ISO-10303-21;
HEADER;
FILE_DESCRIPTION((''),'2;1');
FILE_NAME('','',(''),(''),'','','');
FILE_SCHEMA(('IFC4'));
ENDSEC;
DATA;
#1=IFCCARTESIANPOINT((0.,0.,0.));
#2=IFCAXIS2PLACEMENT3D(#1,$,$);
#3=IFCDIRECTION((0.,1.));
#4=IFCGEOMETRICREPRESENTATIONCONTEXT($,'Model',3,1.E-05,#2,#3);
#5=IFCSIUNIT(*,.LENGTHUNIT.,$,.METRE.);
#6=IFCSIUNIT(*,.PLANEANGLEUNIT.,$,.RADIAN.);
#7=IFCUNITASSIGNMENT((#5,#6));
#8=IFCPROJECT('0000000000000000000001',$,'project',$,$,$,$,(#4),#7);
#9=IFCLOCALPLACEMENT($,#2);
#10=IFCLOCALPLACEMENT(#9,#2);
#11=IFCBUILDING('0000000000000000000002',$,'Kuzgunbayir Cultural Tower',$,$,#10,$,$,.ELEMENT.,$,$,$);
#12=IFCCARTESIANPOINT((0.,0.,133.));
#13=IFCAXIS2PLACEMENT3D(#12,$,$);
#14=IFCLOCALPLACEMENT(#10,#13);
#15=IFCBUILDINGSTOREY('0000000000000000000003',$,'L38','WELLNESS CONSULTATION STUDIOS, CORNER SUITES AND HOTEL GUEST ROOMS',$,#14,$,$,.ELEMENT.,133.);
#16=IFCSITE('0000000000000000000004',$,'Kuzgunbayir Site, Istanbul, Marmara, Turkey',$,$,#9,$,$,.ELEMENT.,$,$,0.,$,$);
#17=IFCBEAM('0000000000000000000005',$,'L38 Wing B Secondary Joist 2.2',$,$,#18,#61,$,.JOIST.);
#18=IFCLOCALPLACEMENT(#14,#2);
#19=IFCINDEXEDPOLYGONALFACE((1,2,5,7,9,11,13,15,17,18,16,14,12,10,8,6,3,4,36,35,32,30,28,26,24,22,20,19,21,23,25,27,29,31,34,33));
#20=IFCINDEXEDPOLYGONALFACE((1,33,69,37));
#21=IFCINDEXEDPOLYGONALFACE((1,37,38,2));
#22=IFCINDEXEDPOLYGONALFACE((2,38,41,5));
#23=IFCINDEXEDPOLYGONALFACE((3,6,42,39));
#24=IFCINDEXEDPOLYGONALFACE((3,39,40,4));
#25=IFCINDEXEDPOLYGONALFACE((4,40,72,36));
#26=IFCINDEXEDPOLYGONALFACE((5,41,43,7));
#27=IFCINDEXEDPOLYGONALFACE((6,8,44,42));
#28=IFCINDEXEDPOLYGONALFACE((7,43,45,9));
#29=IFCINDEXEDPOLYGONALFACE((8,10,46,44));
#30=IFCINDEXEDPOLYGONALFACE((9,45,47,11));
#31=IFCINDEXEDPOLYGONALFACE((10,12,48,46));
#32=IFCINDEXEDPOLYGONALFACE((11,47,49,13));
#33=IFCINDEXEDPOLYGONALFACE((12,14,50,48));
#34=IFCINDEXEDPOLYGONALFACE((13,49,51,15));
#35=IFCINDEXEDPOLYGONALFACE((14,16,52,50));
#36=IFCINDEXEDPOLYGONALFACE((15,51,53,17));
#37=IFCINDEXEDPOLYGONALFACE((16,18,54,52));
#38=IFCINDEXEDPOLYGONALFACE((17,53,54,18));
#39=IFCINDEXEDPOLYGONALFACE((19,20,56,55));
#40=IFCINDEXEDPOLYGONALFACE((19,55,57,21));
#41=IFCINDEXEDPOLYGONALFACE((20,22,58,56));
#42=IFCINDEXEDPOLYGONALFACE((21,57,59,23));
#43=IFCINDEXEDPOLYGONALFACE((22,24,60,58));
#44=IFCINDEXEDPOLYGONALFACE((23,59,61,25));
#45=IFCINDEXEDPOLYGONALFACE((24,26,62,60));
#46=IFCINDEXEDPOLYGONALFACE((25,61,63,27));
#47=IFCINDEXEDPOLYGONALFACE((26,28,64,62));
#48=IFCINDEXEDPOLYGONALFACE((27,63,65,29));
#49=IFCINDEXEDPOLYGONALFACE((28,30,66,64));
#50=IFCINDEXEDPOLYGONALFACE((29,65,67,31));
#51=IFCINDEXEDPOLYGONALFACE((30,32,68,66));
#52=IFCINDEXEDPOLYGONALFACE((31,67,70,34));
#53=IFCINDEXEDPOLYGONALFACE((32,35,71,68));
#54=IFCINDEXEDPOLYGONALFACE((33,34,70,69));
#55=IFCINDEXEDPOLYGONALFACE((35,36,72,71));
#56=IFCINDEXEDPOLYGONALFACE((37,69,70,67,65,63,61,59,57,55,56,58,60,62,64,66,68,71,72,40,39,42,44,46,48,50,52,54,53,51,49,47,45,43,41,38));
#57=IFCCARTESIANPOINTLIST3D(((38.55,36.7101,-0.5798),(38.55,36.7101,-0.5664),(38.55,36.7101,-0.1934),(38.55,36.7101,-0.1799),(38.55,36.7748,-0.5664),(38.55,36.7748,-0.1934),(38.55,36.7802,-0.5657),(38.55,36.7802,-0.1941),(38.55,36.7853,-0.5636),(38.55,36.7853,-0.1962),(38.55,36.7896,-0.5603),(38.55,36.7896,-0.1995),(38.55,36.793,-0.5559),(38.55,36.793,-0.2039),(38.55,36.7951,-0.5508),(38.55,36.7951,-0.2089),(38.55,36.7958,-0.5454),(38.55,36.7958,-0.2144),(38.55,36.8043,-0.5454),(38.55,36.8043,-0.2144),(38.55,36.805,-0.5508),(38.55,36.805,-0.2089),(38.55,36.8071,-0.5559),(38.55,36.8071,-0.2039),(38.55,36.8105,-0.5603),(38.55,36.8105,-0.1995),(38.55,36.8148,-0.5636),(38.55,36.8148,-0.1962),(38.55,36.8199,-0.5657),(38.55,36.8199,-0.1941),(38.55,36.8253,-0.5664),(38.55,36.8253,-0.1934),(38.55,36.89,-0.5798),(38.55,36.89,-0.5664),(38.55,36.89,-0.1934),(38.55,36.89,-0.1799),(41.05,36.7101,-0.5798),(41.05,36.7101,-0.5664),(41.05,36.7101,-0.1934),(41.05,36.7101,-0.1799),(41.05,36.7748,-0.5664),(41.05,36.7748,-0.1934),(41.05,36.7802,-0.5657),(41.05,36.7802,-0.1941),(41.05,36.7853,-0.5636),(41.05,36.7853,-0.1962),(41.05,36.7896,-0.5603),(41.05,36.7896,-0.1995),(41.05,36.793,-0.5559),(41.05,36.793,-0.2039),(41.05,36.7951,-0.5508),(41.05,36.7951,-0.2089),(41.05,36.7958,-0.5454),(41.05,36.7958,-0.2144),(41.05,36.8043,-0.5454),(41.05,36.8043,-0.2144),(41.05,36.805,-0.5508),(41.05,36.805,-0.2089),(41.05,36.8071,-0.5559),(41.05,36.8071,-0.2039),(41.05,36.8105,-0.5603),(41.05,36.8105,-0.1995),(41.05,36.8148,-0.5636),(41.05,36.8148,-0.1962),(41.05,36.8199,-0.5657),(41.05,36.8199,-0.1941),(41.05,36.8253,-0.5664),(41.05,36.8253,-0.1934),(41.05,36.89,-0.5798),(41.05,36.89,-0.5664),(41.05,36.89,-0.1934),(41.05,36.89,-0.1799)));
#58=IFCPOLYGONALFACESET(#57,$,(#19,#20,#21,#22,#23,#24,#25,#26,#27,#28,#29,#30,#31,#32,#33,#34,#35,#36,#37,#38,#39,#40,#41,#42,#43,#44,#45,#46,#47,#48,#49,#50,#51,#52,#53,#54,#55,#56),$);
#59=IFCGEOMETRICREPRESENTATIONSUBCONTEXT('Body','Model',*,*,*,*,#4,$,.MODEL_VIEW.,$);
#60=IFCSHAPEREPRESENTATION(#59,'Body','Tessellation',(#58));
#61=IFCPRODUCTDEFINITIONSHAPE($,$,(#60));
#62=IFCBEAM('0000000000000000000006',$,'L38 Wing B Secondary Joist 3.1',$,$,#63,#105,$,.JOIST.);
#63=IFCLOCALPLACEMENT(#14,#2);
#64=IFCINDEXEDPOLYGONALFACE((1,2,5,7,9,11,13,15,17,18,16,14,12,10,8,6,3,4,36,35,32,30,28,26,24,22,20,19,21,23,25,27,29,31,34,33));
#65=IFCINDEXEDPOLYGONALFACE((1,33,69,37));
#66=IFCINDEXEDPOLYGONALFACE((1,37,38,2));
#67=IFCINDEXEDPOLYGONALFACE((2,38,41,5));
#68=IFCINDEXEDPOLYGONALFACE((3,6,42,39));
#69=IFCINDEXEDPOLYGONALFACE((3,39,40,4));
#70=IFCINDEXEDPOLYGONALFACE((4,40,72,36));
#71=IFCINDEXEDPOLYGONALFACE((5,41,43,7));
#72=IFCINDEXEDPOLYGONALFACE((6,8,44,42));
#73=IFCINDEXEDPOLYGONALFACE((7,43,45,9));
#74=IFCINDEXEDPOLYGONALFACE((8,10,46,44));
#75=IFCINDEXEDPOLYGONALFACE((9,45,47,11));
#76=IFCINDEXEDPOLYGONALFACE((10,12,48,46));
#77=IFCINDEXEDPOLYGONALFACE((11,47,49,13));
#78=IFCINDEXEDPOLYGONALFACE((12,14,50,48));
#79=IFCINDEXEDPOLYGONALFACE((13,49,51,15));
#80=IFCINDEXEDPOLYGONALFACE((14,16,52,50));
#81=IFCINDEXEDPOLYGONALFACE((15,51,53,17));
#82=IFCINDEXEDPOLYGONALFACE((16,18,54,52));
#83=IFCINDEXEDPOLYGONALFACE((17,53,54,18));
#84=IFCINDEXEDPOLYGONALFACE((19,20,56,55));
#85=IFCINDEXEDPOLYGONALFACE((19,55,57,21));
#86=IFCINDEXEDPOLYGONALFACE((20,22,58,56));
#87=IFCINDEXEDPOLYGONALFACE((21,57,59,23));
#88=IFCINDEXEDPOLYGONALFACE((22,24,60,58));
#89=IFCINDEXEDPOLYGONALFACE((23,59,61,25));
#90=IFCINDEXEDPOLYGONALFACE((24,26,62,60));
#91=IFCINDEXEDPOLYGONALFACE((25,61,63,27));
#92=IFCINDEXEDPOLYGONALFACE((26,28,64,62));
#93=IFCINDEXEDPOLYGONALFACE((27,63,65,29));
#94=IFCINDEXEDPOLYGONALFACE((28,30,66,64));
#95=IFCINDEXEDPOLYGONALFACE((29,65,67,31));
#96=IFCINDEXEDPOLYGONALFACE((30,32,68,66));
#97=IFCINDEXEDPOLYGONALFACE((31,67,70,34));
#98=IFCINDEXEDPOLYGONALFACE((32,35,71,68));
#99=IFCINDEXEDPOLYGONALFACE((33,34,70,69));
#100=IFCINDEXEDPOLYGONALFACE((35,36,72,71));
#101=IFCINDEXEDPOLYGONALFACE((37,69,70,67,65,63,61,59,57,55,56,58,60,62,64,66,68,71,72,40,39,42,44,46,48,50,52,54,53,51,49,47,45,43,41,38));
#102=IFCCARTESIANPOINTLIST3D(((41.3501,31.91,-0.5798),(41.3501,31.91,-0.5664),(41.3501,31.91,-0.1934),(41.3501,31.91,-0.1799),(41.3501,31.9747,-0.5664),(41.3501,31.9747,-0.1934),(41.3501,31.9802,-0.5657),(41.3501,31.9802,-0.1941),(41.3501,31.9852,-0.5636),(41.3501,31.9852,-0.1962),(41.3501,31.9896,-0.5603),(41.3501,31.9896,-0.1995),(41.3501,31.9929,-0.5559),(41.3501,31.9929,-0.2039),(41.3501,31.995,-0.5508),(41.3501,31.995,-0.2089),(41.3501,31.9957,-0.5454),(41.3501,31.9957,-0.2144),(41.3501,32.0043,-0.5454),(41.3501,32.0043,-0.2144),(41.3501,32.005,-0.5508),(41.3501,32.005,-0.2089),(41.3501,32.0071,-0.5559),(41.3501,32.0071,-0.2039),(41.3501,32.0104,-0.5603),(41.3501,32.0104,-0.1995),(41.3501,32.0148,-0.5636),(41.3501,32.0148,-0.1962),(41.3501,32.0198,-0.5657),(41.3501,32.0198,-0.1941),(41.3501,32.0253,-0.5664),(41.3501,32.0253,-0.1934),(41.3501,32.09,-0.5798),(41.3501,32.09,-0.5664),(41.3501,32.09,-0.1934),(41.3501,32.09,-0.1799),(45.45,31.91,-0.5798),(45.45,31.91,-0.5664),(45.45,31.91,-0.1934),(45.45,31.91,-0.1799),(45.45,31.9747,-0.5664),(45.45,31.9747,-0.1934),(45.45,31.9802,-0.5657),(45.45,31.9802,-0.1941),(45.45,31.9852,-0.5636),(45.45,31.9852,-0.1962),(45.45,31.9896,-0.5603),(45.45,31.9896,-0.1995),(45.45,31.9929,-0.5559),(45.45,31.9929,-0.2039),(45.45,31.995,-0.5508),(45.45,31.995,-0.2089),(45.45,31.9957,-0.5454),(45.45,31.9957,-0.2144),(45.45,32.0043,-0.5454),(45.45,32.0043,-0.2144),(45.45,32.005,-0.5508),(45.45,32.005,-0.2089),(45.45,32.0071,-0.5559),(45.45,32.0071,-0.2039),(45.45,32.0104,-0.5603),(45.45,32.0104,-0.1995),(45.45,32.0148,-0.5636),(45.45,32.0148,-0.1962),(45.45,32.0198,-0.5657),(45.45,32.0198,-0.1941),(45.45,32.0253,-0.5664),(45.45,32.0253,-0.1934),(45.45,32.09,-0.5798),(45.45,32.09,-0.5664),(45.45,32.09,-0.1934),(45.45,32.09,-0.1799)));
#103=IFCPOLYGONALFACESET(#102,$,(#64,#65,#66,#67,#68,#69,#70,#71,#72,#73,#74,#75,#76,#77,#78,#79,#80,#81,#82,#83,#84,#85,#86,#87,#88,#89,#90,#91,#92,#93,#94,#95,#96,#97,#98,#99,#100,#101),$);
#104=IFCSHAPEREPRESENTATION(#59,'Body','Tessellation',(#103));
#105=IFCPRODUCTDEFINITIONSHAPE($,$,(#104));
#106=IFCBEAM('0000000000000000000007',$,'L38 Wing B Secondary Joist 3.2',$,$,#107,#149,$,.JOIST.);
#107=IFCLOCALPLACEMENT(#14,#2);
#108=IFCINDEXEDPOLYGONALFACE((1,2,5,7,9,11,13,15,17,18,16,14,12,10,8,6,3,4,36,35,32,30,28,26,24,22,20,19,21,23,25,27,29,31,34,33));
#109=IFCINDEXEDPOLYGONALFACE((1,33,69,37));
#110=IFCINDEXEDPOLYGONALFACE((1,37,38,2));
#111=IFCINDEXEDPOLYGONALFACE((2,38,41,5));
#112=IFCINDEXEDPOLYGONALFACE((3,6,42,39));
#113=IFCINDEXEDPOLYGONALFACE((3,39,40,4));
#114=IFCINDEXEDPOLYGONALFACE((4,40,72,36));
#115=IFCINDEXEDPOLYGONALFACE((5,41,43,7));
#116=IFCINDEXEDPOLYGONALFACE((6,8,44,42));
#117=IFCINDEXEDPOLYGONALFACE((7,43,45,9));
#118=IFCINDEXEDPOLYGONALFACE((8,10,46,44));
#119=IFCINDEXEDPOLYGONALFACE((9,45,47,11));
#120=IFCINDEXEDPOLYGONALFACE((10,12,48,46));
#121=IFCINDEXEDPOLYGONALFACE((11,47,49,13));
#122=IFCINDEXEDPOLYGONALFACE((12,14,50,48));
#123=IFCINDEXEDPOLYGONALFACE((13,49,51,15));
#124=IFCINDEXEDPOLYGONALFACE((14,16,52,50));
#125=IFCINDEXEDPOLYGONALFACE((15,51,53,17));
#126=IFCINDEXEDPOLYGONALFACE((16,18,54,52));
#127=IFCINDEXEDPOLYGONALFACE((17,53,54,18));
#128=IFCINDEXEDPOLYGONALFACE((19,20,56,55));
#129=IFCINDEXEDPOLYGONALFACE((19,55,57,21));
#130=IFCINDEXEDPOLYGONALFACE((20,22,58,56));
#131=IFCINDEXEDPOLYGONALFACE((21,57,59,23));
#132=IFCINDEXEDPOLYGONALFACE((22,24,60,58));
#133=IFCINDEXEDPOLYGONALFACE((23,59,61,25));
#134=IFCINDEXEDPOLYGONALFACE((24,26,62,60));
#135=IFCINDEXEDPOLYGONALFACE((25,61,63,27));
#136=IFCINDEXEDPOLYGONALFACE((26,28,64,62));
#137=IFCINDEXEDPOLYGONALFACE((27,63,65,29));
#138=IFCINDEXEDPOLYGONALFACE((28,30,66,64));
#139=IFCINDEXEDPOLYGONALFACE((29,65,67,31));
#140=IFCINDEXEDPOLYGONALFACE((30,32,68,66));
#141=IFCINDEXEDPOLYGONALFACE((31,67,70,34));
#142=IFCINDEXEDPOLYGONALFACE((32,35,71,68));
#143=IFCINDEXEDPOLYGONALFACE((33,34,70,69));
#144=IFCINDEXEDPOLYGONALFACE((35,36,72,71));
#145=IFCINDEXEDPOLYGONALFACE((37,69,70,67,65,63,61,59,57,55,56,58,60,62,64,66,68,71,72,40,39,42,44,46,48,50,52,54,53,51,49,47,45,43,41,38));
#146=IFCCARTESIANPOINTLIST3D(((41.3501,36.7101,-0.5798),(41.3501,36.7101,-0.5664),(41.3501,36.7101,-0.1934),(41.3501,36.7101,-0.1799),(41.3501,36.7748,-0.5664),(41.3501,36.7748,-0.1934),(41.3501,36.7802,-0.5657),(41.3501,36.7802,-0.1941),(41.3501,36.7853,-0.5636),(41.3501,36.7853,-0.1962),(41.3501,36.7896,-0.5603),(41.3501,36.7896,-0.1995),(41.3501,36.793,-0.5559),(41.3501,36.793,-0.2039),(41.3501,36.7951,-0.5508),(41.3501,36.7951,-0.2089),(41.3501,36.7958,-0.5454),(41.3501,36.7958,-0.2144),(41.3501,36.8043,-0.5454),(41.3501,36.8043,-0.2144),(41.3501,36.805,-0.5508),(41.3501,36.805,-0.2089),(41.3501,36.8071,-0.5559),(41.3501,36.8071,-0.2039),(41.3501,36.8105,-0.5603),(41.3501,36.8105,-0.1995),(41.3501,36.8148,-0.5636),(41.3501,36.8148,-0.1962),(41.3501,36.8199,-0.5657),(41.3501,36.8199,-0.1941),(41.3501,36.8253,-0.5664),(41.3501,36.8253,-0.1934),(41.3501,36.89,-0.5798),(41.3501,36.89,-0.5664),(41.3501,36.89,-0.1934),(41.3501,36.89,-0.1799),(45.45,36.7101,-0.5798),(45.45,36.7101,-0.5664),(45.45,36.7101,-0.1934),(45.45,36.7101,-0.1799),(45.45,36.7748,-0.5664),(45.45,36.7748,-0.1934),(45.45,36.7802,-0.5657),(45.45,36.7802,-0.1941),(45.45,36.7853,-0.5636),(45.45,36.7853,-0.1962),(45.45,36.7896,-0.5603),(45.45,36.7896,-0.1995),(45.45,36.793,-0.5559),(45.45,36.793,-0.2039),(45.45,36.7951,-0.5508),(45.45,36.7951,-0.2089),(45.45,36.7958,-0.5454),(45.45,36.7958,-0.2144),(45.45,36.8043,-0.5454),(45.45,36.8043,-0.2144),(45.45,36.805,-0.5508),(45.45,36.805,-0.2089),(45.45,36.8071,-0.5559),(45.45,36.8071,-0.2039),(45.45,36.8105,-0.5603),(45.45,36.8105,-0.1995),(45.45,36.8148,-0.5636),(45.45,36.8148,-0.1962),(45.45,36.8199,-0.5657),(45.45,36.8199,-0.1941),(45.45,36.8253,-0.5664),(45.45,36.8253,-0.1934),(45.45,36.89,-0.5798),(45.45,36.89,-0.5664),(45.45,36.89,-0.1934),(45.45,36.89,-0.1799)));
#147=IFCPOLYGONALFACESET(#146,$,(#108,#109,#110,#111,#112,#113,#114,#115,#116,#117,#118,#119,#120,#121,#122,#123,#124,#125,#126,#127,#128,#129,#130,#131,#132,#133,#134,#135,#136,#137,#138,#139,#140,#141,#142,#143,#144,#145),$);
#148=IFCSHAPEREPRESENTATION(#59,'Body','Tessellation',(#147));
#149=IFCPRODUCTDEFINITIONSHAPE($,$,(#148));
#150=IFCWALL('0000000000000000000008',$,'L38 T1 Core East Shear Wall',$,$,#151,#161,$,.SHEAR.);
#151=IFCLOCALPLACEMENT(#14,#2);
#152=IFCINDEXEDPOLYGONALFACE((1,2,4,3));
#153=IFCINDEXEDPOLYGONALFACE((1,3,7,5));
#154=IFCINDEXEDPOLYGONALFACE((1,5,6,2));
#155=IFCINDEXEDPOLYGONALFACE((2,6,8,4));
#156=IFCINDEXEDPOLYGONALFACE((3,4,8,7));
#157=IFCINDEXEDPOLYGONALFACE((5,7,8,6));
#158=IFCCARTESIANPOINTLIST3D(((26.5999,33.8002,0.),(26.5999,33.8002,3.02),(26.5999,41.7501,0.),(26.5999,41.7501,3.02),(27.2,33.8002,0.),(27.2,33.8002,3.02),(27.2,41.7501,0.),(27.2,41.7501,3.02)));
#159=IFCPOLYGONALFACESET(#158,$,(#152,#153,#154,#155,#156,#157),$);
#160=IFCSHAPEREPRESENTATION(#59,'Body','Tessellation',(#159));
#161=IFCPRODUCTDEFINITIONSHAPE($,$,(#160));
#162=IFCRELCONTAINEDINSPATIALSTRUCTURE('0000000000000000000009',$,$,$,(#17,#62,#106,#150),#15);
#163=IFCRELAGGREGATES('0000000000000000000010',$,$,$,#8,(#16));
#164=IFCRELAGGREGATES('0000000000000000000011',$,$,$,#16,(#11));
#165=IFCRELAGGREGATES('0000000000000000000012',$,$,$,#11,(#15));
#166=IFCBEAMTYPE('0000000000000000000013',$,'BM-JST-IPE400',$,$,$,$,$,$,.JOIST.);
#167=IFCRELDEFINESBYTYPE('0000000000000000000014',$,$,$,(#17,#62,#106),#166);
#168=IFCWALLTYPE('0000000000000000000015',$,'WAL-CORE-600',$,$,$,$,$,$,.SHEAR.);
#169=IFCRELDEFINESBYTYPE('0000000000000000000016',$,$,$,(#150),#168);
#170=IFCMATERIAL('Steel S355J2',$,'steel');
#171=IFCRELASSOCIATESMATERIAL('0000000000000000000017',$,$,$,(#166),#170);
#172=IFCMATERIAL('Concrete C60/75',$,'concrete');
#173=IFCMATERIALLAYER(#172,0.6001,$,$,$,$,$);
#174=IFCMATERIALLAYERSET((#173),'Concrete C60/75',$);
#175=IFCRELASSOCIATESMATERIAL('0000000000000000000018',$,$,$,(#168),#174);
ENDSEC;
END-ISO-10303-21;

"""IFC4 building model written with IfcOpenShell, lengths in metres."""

from ifc_helpers import new_model, si_unit, direction, frame, frame_2d, origin, origin_2d, place, context, subcontext, project, spatial, rectangle, i_section, extrude, material, layer, layer_set, material_profile, profile_set, type_object, element, save


model = new_model("IFC4")

# Units and contexts
model_context = context("Model", 3, precision=1e-05, world=origin(), true_north=direction((0.0, 1.0)))
body_context = subcontext(model_context, "Body", "Model", "MODEL_VIEW")
ifc_project = project(units=[si_unit("LENGTHUNIT", "METRE"), si_unit("PLANEANGLEUNIT", "RADIAN")], contexts=[model_context])

# Site, building, storey
site_placement = place(None, origin())
site = spatial("IfcSite", under=ifc_project, at=site_placement, Name="Kuzgunbayir Site, Istanbul, Marmara, Turkey", CompositionType="ELEMENT", RefElevation=0.0)
building_placement = place(site_placement, origin())
building = spatial("IfcBuilding", under=site, at=building_placement, Name="Kuzgunbayir Cultural Tower", CompositionType="ELEMENT")
storey_placement = place(building_placement, frame((0.0, 0.0, 133.0)))
storey = spatial("IfcBuildingStorey", under=building, at=storey_placement, Name="L38", Description="WELLNESS CONSULTATION STUDIOS, CORNER SUITES AND HOTEL GUEST ROOMS", CompositionType="ELEMENT", Elevation=133.0)

# Beams
ifc_material_1 = material(Name="Steel S355J2", Category="steel")
ifc_material_profile_1 = material_profile(ifc_material_1, i_section(OverallWidth=0.1799, OverallDepth=0.3999, WebThickness=0.0085, FlangeThickness=0.0134, FilletRadius=0.021, at=origin_2d()), Name="IPE 400")
ifc_profile_set_1 = profile_set([ifc_material_profile_1], Name="Steel S355J2")
beam_type_1 = type_object("IfcBeamType", Name="BM-JST-IPE400", PredefinedType="JOIST", material=ifc_profile_set_1)
for number, where, z_axis, x_axis, name in (
    (1, (38.55, 36.8, -0.3799), (1.0, 0.0, 0.0), (0.0, 1.0, 0.0), "L38 Wing B Secondary Joist 2.2"),
):
    element("IfcBeam", number, at=place(storey_placement, frame(where, z_axis=z_axis, x_axis=x_axis)), inside=storey, type_object=beam_type_1, Name=name, PredefinedType="JOIST", context=body_context, shape_type="SweptSolid", body=[
        extrude(i_section(OverallWidth=0.1799, OverallDepth=0.3999, WebThickness=0.0085, FlangeThickness=0.0134, FilletRadius=0.021, at=origin_2d()), origin(), (0.0, 0.0, 1.0), 2.5),
    ])
for number, where, z_axis, x_axis, name in (
    (2, (41.3501, 32.0, -0.3799), (1.0, 0.0, 0.0), (0.0, 1.0, 0.0), "L38 Wing B Secondary Joist 3.1"),
    (3, (41.3501, 36.8, -0.3799), (1.0, 0.0, 0.0), (0.0, 1.0, 0.0), "L38 Wing B Secondary Joist 3.2"),
):
    element("IfcBeam", number, at=place(storey_placement, frame(where, z_axis=z_axis, x_axis=x_axis)), inside=storey, type_object=beam_type_1, Name=name, PredefinedType="JOIST", context=body_context, shape_type="SweptSolid", body=[
        extrude(i_section(OverallWidth=0.1799, OverallDepth=0.3999, WebThickness=0.0085, FlangeThickness=0.0134, FilletRadius=0.021, at=origin_2d()), origin(), (0.0, 0.0, 1.0), 4.0999),
    ])

# Wall
ifc_material_2 = material(Name="Concrete C60/75", Category="concrete")
ifc_layer_1 = layer(ifc_material_2, 0.6001)
ifc_layer_set_1 = layer_set([ifc_layer_1], Name="Concrete C60/75")
wall_type_1 = type_object("IfcWallType", Name="WAL-CORE-600", PredefinedType="SHEAR", material=ifc_layer_set_1)
wall_1_placement = place(storey_placement, frame((26.8999, 33.8, 0.0), z_axis=(0.0, 0.0, 1.0), x_axis=(0.0, 1.0, 0.0)))
element("IfcWall", 4, at=wall_1_placement, inside=storey, type_object=wall_type_1, Name="L38 T1 Core East Shear Wall", PredefinedType="SHEAR", context=body_context, shape_type="SweptSolid", body=[
    extrude(rectangle(XDim=7.95, YDim=0.6001, at=frame_2d((3.9751, 0.0))), origin(), (0.0, 0.0, 1.0), 3.02),
])

save(model, "model.ifc")
